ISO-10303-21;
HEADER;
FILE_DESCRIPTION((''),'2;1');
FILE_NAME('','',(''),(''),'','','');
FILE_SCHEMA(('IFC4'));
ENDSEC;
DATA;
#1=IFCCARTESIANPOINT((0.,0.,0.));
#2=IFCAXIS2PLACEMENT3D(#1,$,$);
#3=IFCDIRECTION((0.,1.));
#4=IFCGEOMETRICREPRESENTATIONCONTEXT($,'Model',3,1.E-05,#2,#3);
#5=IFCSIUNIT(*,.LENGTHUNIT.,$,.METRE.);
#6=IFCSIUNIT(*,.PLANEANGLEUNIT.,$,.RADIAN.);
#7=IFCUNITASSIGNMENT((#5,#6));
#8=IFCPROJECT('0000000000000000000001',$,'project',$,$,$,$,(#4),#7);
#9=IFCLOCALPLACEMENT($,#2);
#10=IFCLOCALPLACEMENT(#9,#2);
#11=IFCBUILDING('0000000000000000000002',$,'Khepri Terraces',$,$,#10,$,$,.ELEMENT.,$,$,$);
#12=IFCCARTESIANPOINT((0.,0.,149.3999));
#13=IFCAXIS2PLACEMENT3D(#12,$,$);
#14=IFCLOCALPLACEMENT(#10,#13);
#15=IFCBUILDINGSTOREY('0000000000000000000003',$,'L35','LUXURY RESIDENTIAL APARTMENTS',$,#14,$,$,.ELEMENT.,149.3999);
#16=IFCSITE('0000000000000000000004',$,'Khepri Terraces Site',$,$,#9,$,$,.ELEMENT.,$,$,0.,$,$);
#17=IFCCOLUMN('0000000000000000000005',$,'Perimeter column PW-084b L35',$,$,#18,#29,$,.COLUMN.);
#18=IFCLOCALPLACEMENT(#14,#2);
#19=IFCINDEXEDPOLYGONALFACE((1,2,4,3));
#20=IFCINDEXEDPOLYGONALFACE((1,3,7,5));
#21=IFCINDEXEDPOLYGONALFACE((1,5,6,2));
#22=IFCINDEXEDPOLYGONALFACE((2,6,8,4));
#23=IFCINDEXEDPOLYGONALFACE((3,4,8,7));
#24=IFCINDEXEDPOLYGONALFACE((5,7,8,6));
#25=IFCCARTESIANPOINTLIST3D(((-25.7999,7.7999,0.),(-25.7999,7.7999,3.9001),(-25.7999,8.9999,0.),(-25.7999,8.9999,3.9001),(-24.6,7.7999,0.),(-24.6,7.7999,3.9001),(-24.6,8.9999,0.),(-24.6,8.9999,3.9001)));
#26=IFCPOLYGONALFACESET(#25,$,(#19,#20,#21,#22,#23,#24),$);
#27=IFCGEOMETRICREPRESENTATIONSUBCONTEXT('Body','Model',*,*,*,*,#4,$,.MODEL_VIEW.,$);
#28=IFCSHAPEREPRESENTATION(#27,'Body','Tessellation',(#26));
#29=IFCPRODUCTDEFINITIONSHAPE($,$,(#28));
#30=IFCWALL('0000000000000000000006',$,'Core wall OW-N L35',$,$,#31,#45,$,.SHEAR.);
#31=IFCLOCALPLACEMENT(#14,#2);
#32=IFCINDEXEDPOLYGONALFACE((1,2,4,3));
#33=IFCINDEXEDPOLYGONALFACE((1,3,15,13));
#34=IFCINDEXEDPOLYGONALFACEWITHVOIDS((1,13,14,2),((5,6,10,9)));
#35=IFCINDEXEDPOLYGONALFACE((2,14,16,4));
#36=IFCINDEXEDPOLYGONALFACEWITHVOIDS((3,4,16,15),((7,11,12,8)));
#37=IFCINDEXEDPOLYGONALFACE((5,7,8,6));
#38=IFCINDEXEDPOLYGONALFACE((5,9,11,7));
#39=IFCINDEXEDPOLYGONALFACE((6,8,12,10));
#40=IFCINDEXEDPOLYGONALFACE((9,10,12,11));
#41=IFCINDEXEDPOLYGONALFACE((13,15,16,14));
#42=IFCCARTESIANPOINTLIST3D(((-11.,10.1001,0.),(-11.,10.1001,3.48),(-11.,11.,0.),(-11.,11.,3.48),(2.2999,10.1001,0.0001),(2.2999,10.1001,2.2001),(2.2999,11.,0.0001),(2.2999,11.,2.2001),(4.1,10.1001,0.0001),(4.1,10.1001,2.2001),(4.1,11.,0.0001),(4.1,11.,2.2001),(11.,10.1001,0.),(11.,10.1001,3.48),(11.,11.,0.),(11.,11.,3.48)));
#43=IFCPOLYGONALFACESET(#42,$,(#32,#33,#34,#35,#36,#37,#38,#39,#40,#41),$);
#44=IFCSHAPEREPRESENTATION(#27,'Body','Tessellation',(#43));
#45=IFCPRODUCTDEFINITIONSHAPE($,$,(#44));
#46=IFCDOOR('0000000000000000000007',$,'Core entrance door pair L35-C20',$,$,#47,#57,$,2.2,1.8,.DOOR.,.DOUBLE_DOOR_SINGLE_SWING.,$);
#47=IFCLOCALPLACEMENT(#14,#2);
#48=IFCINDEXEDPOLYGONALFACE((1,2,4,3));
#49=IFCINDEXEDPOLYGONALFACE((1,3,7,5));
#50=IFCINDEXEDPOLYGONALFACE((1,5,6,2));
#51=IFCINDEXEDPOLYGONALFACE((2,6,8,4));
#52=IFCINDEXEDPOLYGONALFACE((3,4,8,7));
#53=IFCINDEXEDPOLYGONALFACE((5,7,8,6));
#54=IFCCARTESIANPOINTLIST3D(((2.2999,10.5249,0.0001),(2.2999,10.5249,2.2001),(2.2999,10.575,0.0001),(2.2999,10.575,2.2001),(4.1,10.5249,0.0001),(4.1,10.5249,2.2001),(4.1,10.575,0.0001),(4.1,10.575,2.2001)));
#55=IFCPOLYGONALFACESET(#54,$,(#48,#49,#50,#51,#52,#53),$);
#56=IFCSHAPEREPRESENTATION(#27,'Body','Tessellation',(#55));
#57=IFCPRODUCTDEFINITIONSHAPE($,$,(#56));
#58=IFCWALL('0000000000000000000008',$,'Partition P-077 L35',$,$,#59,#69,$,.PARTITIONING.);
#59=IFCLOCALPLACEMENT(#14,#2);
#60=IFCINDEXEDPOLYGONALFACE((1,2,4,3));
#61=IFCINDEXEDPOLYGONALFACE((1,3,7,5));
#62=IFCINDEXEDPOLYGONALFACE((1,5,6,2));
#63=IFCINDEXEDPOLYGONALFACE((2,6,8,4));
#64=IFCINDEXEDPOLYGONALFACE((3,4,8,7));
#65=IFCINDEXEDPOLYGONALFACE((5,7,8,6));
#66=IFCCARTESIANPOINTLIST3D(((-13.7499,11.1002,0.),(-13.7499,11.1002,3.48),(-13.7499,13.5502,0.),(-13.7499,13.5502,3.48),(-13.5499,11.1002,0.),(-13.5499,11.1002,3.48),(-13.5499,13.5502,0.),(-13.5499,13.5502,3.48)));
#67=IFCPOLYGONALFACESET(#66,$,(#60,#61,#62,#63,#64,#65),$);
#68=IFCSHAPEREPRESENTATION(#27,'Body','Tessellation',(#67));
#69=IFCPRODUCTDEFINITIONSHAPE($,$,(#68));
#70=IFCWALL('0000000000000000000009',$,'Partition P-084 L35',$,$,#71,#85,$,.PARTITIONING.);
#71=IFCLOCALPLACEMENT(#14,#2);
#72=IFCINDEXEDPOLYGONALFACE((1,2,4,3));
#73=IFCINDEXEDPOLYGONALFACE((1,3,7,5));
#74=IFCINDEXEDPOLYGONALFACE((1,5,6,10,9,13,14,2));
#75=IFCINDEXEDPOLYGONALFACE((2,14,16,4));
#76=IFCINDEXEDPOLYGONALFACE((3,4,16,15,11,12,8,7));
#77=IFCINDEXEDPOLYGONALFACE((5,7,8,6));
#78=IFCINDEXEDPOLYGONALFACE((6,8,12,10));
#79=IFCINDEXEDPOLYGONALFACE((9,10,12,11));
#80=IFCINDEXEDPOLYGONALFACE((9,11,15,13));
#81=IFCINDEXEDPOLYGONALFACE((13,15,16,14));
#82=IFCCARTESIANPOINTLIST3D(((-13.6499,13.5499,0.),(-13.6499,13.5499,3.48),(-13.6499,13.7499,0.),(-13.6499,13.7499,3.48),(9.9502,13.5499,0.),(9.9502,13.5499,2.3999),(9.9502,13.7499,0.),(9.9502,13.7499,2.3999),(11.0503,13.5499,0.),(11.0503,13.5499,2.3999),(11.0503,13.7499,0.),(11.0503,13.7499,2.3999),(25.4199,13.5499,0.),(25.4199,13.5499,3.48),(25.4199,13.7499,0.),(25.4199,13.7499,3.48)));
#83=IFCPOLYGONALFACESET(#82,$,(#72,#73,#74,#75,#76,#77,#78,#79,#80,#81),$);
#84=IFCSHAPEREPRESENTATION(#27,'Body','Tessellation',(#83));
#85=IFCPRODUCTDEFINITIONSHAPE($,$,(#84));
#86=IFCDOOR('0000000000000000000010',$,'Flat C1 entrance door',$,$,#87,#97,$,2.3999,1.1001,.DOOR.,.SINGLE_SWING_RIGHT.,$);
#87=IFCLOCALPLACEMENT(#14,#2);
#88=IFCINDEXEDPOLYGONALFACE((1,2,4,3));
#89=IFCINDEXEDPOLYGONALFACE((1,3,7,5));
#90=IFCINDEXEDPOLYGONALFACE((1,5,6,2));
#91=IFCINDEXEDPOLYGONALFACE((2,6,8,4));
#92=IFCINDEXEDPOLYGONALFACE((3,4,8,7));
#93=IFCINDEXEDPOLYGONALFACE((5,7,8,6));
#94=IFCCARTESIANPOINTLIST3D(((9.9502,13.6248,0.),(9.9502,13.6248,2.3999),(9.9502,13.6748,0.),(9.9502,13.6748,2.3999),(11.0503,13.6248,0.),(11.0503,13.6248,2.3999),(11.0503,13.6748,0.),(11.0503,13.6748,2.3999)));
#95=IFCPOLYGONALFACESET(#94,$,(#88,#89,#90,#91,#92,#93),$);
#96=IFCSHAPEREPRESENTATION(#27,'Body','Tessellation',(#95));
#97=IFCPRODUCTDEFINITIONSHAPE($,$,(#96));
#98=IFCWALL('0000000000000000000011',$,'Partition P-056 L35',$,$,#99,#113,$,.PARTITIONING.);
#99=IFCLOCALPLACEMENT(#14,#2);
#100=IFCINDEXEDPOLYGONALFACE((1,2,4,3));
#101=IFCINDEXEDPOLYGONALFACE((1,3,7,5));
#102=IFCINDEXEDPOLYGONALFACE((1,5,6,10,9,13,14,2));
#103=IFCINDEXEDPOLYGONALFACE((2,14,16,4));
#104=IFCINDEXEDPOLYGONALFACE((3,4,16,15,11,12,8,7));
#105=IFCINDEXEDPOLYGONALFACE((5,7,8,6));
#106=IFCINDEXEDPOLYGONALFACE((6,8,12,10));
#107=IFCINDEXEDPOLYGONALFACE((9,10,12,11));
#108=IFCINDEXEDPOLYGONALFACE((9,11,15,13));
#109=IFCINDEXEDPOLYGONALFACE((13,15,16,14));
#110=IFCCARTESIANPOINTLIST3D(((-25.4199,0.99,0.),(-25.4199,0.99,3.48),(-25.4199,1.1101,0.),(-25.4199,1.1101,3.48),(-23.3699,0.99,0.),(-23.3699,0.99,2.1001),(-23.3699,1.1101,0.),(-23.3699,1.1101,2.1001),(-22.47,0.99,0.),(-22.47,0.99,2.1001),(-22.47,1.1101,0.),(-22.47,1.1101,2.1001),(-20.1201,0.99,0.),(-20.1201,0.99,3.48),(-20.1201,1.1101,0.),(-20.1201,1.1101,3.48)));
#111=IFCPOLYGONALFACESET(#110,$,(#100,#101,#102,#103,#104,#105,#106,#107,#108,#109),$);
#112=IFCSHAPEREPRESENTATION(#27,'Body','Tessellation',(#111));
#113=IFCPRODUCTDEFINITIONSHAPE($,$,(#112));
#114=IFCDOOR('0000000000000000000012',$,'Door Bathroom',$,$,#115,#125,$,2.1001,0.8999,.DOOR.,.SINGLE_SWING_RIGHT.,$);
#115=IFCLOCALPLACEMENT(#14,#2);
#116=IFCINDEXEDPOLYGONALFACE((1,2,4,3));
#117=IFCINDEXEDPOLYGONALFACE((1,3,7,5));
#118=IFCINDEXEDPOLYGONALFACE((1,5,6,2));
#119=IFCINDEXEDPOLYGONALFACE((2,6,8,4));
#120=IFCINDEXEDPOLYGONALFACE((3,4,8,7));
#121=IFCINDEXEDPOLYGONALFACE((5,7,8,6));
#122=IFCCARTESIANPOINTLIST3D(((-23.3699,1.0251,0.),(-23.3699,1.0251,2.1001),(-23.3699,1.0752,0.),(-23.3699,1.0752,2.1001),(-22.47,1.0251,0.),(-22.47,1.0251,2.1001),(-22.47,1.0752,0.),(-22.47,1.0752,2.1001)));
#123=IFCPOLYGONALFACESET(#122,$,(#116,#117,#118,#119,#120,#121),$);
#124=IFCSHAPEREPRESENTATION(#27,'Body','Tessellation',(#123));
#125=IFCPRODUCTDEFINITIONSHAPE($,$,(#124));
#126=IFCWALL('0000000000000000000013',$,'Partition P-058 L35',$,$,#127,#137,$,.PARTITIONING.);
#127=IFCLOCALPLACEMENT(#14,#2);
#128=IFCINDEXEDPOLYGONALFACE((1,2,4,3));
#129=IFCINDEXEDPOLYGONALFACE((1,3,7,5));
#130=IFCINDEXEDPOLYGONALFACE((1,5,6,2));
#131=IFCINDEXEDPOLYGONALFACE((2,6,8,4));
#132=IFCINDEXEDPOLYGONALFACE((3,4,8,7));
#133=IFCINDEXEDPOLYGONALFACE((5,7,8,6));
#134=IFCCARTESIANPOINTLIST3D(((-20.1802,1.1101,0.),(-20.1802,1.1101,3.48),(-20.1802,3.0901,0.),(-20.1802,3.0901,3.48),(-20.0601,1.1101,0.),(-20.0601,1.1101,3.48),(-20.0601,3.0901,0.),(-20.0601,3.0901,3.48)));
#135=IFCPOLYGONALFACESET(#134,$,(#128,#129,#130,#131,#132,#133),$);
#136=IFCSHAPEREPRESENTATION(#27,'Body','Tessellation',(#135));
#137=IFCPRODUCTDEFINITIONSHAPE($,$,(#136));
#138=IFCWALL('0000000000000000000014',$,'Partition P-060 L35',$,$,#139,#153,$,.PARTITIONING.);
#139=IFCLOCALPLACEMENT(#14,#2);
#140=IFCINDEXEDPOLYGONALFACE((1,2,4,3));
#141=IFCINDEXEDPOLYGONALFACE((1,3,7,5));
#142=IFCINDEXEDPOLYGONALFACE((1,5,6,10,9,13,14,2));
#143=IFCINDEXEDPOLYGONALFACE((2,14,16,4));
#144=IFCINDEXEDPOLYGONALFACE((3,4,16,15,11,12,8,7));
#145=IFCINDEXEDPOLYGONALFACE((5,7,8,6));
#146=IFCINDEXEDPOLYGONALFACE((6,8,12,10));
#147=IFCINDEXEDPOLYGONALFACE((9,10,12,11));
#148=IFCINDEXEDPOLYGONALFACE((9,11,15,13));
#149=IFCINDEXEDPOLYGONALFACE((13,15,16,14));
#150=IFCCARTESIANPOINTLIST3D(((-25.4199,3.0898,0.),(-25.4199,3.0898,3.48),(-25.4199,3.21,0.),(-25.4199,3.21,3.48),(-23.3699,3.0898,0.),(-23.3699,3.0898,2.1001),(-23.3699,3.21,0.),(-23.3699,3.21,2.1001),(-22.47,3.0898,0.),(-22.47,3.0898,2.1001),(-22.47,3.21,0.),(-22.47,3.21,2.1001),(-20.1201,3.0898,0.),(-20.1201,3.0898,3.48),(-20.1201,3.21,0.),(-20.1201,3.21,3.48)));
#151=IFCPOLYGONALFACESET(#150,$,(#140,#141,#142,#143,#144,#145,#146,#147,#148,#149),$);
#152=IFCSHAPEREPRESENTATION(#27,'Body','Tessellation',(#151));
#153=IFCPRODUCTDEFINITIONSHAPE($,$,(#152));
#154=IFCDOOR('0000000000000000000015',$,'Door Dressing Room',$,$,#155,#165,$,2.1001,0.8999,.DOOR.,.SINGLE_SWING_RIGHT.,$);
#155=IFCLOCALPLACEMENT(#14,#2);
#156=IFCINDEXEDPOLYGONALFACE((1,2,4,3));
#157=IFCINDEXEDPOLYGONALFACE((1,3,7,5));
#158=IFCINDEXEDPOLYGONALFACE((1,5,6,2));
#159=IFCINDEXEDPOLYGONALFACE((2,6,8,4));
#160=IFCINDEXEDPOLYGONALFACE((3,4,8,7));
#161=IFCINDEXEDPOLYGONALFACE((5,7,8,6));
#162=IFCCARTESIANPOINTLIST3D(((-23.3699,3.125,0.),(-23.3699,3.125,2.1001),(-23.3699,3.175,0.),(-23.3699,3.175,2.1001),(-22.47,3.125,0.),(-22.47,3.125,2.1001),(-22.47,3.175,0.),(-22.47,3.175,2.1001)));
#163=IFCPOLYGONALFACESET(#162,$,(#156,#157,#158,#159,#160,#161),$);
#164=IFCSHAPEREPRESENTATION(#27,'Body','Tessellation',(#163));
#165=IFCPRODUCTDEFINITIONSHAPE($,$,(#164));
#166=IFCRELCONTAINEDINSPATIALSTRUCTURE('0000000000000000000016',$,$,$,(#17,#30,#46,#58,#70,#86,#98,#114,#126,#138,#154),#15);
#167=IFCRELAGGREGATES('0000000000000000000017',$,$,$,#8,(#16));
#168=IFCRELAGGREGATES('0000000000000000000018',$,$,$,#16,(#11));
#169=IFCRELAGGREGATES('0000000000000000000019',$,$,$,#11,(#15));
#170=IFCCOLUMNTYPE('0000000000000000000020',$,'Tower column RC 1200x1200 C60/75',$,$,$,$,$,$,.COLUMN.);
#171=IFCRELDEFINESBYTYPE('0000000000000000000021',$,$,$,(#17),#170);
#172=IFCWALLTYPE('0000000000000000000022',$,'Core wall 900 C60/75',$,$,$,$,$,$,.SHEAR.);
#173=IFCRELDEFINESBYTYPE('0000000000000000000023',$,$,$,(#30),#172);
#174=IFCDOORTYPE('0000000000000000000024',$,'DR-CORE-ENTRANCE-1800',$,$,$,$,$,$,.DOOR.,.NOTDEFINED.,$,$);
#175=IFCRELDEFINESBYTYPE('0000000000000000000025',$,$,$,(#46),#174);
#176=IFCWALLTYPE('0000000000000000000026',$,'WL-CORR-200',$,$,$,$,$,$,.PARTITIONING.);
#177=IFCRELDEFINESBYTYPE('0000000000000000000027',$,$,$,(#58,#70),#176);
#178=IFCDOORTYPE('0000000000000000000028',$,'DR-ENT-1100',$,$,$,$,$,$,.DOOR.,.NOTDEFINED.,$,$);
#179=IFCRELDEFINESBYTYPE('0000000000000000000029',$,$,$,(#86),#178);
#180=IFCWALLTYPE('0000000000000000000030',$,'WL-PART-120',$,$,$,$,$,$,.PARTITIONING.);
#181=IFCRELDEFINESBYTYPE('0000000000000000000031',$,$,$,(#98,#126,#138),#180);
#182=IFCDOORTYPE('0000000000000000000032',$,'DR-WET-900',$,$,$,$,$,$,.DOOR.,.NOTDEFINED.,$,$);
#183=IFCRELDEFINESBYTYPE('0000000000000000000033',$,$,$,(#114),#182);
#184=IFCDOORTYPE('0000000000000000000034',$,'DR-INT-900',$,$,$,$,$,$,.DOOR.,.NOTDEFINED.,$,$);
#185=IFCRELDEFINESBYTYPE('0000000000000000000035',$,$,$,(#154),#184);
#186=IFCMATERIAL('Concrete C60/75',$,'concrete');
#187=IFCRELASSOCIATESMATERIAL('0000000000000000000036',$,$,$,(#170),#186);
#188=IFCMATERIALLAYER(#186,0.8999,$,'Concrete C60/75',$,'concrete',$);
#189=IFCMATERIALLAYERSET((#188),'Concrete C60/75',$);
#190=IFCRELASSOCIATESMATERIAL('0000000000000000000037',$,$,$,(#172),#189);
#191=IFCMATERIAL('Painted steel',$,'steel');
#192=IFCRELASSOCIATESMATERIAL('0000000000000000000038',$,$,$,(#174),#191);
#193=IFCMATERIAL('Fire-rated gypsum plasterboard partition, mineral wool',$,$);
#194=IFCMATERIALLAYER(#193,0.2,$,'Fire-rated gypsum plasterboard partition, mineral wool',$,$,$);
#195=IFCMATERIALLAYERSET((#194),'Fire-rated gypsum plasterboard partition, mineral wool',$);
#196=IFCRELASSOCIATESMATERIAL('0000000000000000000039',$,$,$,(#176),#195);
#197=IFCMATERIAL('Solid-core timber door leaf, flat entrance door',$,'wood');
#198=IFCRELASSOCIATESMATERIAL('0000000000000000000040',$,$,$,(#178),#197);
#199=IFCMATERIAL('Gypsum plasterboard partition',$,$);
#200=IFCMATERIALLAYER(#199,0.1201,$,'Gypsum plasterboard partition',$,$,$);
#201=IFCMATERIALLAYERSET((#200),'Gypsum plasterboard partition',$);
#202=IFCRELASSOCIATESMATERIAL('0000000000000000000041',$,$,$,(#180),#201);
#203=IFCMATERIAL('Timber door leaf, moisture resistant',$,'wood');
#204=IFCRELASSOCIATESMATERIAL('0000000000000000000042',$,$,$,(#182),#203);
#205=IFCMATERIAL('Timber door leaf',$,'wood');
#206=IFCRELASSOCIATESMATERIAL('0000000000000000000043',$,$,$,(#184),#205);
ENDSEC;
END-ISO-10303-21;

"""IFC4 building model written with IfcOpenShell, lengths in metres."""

from ifc_helpers import new_model, si_unit, direction, frame, frame_2d, origin, origin_2d, place, context, subcontext, project, spatial, rectangle, extrude, material, layer, layer_set, material_profile, profile_set, type_object, element, fill, save


model = new_model("IFC4")

# Units and contexts
model_context = context("Model", 3, precision=1e-05, world=origin(), true_north=direction((0.0, 1.0)))
body_context = subcontext(model_context, "Body", "Model", "MODEL_VIEW")
ifc_project = project(units=[si_unit("LENGTHUNIT", "METRE"), si_unit("PLANEANGLEUNIT", "RADIAN")], contexts=[model_context])

# Site, building, storey
site_placement = place(None, origin())
site = spatial("IfcSite", under=ifc_project, at=site_placement, Name="Khepri Terraces Site", CompositionType="ELEMENT", RefElevation=0.0)
building_placement = place(site_placement, origin())
building = spatial("IfcBuilding", under=site, at=building_placement, Name="Khepri Terraces", CompositionType="ELEMENT")
storey_placement = place(building_placement, frame((0.0, 0.0, 149.3999)))
storey = spatial("IfcBuildingStorey", under=building, at=storey_placement, Name="L35", Description="LUXURY RESIDENTIAL APARTMENTS", CompositionType="ELEMENT", Elevation=149.3999)

# Column
ifc_material_1 = material(Name="Concrete C60/75", Category="concrete")
ifc_material_profile = material_profile(ifc_material_1, rectangle(XDim=1.2, YDim=1.2, at=origin_2d()), Name="Concrete C60/75", Category="concrete")
ifc_profile_set = profile_set([ifc_material_profile], Name="Concrete C60/75")
column_type = type_object("IfcColumnType", Name="Tower column RC 1200x1200 C60/75", PredefinedType="COLUMN", material=ifc_profile_set)
column_placement = place(storey_placement, frame((-25.2, 8.3999, 0.0), z_axis=(0.0, 0.0, 1.0), x_axis=(1.0, 0.0, 0.0)))
element("IfcColumn", 1, at=column_placement, inside=storey, type_object=column_type, Name="Perimeter column PW-084b L35", PredefinedType="COLUMN", context=body_context, shape_type="SweptSolid", body=[
    extrude(rectangle(XDim=1.2, YDim=1.2, at=origin_2d()), origin(), (0.0, 0.0, 1.0), 3.9001),
])

# Wall, opening, door
ifc_layer_1 = layer(ifc_material_1, 0.8999, Name="Concrete C60/75", Category="concrete")
ifc_layer_set_1 = layer_set([ifc_layer_1], Name="Concrete C60/75")
wall_type_1 = type_object("IfcWallType", Name="Core wall 900 C60/75", PredefinedType="SHEAR", material=ifc_layer_set_1)
wall_1_placement = place(storey_placement, frame((-11.0, 10.55, 0.0), z_axis=(0.0, 0.0, 1.0), x_axis=(1.0, 0.0, 0.0)))
wall_1 = element("IfcWall", 2, at=wall_1_placement, inside=storey, type_object=wall_type_1, Name="Core wall OW-N L35", PredefinedType="SHEAR", context=body_context, shape_type="SweptSolid", body=[
    extrude(rectangle(XDim=22.0, YDim=0.8999, at=frame_2d((11.0, 0.0))), origin(), (0.0, 0.0, 1.0), 3.48),
])
opening_1_placement = place(wall_1_placement, frame((13.3, 0.0, 0.0)))
opening_1 = element("IfcOpeningElement", 3, at=opening_1_placement, cuts=wall_1, PredefinedType="OPENING", context=body_context, shape_type="SweptSolid", body=[
    extrude(rectangle(XDim=1.8, YDim=2.2, at=frame_2d((0.8999, 1.1001))), frame((0.0, 0.46, 0.0), z_axis=(0.0, -1.0, 0.0), x_axis=(1.0, 0.0, 0.0)), (0.0, 0.0, 1.0), 0.9199),
])
ifc_material_2 = material(Name="Painted steel", Category="steel")
door_type_1 = type_object("IfcDoorType", Name="DR-CORE-ENTRANCE-1800", OperationType="NOTDEFINED", PredefinedType="DOOR", material=ifc_material_2)
door_1_placement = place(opening_1_placement, origin())
door_1 = element("IfcDoor", 4, at=door_1_placement, inside=storey, type_object=door_type_1, Name="Core entrance door pair L35-C20", OperationType="DOUBLE_DOOR_SINGLE_SWING", OverallHeight=2.2, OverallWidth=1.8, PredefinedType="DOOR", context=body_context, shape_type="SweptSolid", body=[
    extrude(rectangle(XDim=1.8, YDim=2.2, at=frame_2d((0.8999, 1.1001))), frame((0.0, 0.0249, 0.0), z_axis=(0.0, -1.0, 0.0), x_axis=(1.0, 0.0, 0.0)), (0.0, 0.0, 1.0), 0.05),
])
fill(opening_1, door_1)
ifc_material_3 = material(Name="Fire-rated gypsum plasterboard partition, mineral wool")
ifc_layer_2 = layer(ifc_material_3, 0.2, Name="Fire-rated gypsum plasterboard partition, mineral wool")
ifc_layer_set_2 = layer_set([ifc_layer_2], Name="Fire-rated gypsum plasterboard partition, mineral wool")
wall_type_2 = type_object("IfcWallType", Name="WL-CORR-200", PredefinedType="PARTITIONING", material=ifc_layer_set_2)
ifc_material_4 = material(Name="Solid-core timber door leaf, flat entrance door", Category="wood")
door_type_2 = type_object("IfcDoorType", Name="DR-ENT-1100", OperationType="NOTDEFINED", PredefinedType="DOOR", material=ifc_material_4)

# Wall
wall_2_placement = place(storey_placement, frame((-13.6499, 11.1001, 0.0), z_axis=(0.0, 0.0, 1.0), x_axis=(0.0, 1.0, 0.0)))
element("IfcWall", 5, at=wall_2_placement, inside=storey, type_object=wall_type_2, Name="Partition P-077 L35", PredefinedType="PARTITIONING", context=body_context, shape_type="SweptSolid", body=[
    extrude(rectangle(XDim=2.45, YDim=0.2, at=frame_2d((1.2251, 0.0))), origin(), (0.0, 0.0, 1.0), 3.48),
])

# Wall, opening, door
wall_3_placement = place(storey_placement, frame((-13.6499, 13.6499, 0.0), z_axis=(0.0, 0.0, 1.0), x_axis=(1.0, 0.0, 0.0)))
wall_3 = element("IfcWall", 6, at=wall_3_placement, inside=storey, type_object=wall_type_2, Name="Partition P-084 L35", PredefinedType="PARTITIONING", context=body_context, shape_type="SweptSolid", body=[
    extrude(rectangle(XDim=39.0698, YDim=0.2, at=frame_2d((19.5349, 0.0))), origin(), (0.0, 0.0, 1.0), 3.48),
])
opening_2_placement = place(wall_3_placement, frame((23.6001, 0.0, 0.0)))
opening_2 = element("IfcOpeningElement", 7, at=opening_2_placement, cuts=wall_3, PredefinedType="OPENING", context=body_context, shape_type="SweptSolid", body=[
    extrude(rectangle(XDim=1.1001, YDim=2.3999, at=frame_2d((0.55, 1.2))), frame((0.0, 0.1099, 0.0), z_axis=(0.0, -1.0, 0.0), x_axis=(1.0, 0.0, 0.0)), (0.0, 0.0, 1.0), 0.22),
])
door_2_placement = place(opening_2_placement, origin())
door_2 = element("IfcDoor", 8, at=door_2_placement, inside=storey, type_object=door_type_2, Name="Flat C1 entrance door", OperationType="SINGLE_SWING_RIGHT", OverallHeight=2.3999, OverallWidth=1.1001, PredefinedType="DOOR", context=body_context, shape_type="SweptSolid", body=[
    extrude(rectangle(XDim=1.1001, YDim=2.3999, at=frame_2d((0.55, 1.2))), frame((0.0, 0.0249, 0.0), z_axis=(0.0, -1.0, 0.0), x_axis=(1.0, 0.0, 0.0)), (0.0, 0.0, 1.0), 0.05),
])
fill(opening_2, door_2)

# Wall, opening, door
ifc_material_5 = material(Name="Gypsum plasterboard partition")
ifc_layer_3 = layer(ifc_material_5, 0.1201, Name="Gypsum plasterboard partition")
ifc_layer_set_3 = layer_set([ifc_layer_3], Name="Gypsum plasterboard partition")
wall_type_3 = type_object("IfcWallType", Name="WL-PART-120", PredefinedType="PARTITIONING", material=ifc_layer_set_3)
wall_4_placement = place(storey_placement, frame((-25.4199, 1.05, 0.0), z_axis=(0.0, 0.0, 1.0), x_axis=(1.0, 0.0, 0.0)))
wall_4 = element("IfcWall", 9, at=wall_4_placement, inside=storey, type_object=wall_type_3, Name="Partition P-056 L35", PredefinedType="PARTITIONING", context=body_context, shape_type="SweptSolid", body=[
    extrude(rectangle(XDim=5.2998, YDim=0.1201, at=frame_2d((2.6499, 0.0))), origin(), (0.0, 0.0, 1.0), 3.48),
])
opening_3_placement = place(wall_4_placement, frame((2.05, 0.0, 0.0)))
opening_3 = element("IfcOpeningElement", 10, at=opening_3_placement, cuts=wall_4, PredefinedType="OPENING", context=body_context, shape_type="SweptSolid", body=[
    extrude(rectangle(XDim=0.8999, YDim=2.1001, at=frame_2d((0.45, 1.05))), frame((0.0, 0.0701, 0.0), z_axis=(0.0, -1.0, 0.0), x_axis=(1.0, 0.0, 0.0)), (0.0, 0.0, 1.0), 0.1401),
])
ifc_material_6 = material(Name="Timber door leaf, moisture resistant", Category="wood")
door_type_3 = type_object("IfcDoorType", Name="DR-WET-900", OperationType="NOTDEFINED", PredefinedType="DOOR", material=ifc_material_6)
door_3_placement = place(opening_3_placement, frame((0.8999, 0.0, 0.0), z_axis=(0.0, 0.0, 1.0), x_axis=(-1.0, 0.0, 0.0)))
door_3 = element("IfcDoor", 11, at=door_3_placement, inside=storey, type_object=door_type_3, Name="Door Bathroom", OperationType="SINGLE_SWING_RIGHT", OverallHeight=2.1001, OverallWidth=0.8999, PredefinedType="DOOR", context=body_context, shape_type="SweptSolid", body=[
    extrude(rectangle(XDim=0.8999, YDim=2.1001, at=frame_2d((0.45, 1.05))), frame((0.0, 0.0249, 0.0), z_axis=(0.0, -1.0, 0.0), x_axis=(1.0, 0.0, 0.0)), (0.0, 0.0, 1.0), 0.05),
])
fill(opening_3, door_3)

# Wall
wall_5_placement = place(storey_placement, frame((-20.1201, 1.1101, 0.0), z_axis=(0.0, 0.0, 1.0), x_axis=(0.0, 1.0, 0.0)))
element("IfcWall", 12, at=wall_5_placement, inside=storey, type_object=wall_type_3, Name="Partition P-058 L35", PredefinedType="PARTITIONING", context=body_context, shape_type="SweptSolid", body=[
    extrude(rectangle(XDim=1.98, YDim=0.1201, at=frame_2d((0.99, 0.0))), origin(), (0.0, 0.0, 1.0), 3.48),
])

# Wall, opening, door
wall_6_placement = place(storey_placement, frame((-25.4199, 3.1499, 0.0), z_axis=(0.0, 0.0, 1.0), x_axis=(1.0, 0.0, 0.0)))
wall_6 = element("IfcWall", 13, at=wall_6_placement, inside=storey, type_object=wall_type_3, Name="Partition P-060 L35", PredefinedType="PARTITIONING", context=body_context, shape_type="SweptSolid", body=[
    extrude(rectangle(XDim=5.2998, YDim=0.1201, at=frame_2d((2.6499, 0.0))), origin(), (0.0, 0.0, 1.0), 3.48),
])
opening_4_placement = place(wall_6_placement, frame((2.05, 0.0, 0.0)))
opening_4 = element("IfcOpeningElement", 14, at=opening_4_placement, cuts=wall_6, PredefinedType="OPENING", context=body_context, shape_type="SweptSolid", body=[
    extrude(rectangle(XDim=0.8999, YDim=2.1001, at=frame_2d((0.45, 1.05))), frame((0.0, 0.0701, 0.0), z_axis=(0.0, -1.0, 0.0), x_axis=(1.0, 0.0, 0.0)), (0.0, 0.0, 1.0), 0.1401),
])
ifc_material_7 = material(Name="Timber door leaf", Category="wood")
door_type_4 = type_object("IfcDoorType", Name="DR-INT-900", OperationType="NOTDEFINED", PredefinedType="DOOR", material=ifc_material_7)
door_4_placement = place(opening_4_placement, frame((0.8999, 0.0, 0.0), z_axis=(0.0, 0.0, 1.0), x_axis=(-1.0, 0.0, 0.0)))
door_4 = element("IfcDoor", 15, at=door_4_placement, inside=storey, type_object=door_type_4, Name="Door Dressing Room", OperationType="SINGLE_SWING_RIGHT", OverallHeight=2.1001, OverallWidth=0.8999, PredefinedType="DOOR", context=body_context, shape_type="SweptSolid", body=[
    extrude(rectangle(XDim=0.8999, YDim=2.1001, at=frame_2d((0.45, 1.05))), frame((0.0, 0.0249, 0.0), z_axis=(0.0, -1.0, 0.0), x_axis=(1.0, 0.0, 0.0)), (0.0, 0.0, 1.0), 0.05),
])
fill(opening_4, door_4)

save(model, "model.ifc")
